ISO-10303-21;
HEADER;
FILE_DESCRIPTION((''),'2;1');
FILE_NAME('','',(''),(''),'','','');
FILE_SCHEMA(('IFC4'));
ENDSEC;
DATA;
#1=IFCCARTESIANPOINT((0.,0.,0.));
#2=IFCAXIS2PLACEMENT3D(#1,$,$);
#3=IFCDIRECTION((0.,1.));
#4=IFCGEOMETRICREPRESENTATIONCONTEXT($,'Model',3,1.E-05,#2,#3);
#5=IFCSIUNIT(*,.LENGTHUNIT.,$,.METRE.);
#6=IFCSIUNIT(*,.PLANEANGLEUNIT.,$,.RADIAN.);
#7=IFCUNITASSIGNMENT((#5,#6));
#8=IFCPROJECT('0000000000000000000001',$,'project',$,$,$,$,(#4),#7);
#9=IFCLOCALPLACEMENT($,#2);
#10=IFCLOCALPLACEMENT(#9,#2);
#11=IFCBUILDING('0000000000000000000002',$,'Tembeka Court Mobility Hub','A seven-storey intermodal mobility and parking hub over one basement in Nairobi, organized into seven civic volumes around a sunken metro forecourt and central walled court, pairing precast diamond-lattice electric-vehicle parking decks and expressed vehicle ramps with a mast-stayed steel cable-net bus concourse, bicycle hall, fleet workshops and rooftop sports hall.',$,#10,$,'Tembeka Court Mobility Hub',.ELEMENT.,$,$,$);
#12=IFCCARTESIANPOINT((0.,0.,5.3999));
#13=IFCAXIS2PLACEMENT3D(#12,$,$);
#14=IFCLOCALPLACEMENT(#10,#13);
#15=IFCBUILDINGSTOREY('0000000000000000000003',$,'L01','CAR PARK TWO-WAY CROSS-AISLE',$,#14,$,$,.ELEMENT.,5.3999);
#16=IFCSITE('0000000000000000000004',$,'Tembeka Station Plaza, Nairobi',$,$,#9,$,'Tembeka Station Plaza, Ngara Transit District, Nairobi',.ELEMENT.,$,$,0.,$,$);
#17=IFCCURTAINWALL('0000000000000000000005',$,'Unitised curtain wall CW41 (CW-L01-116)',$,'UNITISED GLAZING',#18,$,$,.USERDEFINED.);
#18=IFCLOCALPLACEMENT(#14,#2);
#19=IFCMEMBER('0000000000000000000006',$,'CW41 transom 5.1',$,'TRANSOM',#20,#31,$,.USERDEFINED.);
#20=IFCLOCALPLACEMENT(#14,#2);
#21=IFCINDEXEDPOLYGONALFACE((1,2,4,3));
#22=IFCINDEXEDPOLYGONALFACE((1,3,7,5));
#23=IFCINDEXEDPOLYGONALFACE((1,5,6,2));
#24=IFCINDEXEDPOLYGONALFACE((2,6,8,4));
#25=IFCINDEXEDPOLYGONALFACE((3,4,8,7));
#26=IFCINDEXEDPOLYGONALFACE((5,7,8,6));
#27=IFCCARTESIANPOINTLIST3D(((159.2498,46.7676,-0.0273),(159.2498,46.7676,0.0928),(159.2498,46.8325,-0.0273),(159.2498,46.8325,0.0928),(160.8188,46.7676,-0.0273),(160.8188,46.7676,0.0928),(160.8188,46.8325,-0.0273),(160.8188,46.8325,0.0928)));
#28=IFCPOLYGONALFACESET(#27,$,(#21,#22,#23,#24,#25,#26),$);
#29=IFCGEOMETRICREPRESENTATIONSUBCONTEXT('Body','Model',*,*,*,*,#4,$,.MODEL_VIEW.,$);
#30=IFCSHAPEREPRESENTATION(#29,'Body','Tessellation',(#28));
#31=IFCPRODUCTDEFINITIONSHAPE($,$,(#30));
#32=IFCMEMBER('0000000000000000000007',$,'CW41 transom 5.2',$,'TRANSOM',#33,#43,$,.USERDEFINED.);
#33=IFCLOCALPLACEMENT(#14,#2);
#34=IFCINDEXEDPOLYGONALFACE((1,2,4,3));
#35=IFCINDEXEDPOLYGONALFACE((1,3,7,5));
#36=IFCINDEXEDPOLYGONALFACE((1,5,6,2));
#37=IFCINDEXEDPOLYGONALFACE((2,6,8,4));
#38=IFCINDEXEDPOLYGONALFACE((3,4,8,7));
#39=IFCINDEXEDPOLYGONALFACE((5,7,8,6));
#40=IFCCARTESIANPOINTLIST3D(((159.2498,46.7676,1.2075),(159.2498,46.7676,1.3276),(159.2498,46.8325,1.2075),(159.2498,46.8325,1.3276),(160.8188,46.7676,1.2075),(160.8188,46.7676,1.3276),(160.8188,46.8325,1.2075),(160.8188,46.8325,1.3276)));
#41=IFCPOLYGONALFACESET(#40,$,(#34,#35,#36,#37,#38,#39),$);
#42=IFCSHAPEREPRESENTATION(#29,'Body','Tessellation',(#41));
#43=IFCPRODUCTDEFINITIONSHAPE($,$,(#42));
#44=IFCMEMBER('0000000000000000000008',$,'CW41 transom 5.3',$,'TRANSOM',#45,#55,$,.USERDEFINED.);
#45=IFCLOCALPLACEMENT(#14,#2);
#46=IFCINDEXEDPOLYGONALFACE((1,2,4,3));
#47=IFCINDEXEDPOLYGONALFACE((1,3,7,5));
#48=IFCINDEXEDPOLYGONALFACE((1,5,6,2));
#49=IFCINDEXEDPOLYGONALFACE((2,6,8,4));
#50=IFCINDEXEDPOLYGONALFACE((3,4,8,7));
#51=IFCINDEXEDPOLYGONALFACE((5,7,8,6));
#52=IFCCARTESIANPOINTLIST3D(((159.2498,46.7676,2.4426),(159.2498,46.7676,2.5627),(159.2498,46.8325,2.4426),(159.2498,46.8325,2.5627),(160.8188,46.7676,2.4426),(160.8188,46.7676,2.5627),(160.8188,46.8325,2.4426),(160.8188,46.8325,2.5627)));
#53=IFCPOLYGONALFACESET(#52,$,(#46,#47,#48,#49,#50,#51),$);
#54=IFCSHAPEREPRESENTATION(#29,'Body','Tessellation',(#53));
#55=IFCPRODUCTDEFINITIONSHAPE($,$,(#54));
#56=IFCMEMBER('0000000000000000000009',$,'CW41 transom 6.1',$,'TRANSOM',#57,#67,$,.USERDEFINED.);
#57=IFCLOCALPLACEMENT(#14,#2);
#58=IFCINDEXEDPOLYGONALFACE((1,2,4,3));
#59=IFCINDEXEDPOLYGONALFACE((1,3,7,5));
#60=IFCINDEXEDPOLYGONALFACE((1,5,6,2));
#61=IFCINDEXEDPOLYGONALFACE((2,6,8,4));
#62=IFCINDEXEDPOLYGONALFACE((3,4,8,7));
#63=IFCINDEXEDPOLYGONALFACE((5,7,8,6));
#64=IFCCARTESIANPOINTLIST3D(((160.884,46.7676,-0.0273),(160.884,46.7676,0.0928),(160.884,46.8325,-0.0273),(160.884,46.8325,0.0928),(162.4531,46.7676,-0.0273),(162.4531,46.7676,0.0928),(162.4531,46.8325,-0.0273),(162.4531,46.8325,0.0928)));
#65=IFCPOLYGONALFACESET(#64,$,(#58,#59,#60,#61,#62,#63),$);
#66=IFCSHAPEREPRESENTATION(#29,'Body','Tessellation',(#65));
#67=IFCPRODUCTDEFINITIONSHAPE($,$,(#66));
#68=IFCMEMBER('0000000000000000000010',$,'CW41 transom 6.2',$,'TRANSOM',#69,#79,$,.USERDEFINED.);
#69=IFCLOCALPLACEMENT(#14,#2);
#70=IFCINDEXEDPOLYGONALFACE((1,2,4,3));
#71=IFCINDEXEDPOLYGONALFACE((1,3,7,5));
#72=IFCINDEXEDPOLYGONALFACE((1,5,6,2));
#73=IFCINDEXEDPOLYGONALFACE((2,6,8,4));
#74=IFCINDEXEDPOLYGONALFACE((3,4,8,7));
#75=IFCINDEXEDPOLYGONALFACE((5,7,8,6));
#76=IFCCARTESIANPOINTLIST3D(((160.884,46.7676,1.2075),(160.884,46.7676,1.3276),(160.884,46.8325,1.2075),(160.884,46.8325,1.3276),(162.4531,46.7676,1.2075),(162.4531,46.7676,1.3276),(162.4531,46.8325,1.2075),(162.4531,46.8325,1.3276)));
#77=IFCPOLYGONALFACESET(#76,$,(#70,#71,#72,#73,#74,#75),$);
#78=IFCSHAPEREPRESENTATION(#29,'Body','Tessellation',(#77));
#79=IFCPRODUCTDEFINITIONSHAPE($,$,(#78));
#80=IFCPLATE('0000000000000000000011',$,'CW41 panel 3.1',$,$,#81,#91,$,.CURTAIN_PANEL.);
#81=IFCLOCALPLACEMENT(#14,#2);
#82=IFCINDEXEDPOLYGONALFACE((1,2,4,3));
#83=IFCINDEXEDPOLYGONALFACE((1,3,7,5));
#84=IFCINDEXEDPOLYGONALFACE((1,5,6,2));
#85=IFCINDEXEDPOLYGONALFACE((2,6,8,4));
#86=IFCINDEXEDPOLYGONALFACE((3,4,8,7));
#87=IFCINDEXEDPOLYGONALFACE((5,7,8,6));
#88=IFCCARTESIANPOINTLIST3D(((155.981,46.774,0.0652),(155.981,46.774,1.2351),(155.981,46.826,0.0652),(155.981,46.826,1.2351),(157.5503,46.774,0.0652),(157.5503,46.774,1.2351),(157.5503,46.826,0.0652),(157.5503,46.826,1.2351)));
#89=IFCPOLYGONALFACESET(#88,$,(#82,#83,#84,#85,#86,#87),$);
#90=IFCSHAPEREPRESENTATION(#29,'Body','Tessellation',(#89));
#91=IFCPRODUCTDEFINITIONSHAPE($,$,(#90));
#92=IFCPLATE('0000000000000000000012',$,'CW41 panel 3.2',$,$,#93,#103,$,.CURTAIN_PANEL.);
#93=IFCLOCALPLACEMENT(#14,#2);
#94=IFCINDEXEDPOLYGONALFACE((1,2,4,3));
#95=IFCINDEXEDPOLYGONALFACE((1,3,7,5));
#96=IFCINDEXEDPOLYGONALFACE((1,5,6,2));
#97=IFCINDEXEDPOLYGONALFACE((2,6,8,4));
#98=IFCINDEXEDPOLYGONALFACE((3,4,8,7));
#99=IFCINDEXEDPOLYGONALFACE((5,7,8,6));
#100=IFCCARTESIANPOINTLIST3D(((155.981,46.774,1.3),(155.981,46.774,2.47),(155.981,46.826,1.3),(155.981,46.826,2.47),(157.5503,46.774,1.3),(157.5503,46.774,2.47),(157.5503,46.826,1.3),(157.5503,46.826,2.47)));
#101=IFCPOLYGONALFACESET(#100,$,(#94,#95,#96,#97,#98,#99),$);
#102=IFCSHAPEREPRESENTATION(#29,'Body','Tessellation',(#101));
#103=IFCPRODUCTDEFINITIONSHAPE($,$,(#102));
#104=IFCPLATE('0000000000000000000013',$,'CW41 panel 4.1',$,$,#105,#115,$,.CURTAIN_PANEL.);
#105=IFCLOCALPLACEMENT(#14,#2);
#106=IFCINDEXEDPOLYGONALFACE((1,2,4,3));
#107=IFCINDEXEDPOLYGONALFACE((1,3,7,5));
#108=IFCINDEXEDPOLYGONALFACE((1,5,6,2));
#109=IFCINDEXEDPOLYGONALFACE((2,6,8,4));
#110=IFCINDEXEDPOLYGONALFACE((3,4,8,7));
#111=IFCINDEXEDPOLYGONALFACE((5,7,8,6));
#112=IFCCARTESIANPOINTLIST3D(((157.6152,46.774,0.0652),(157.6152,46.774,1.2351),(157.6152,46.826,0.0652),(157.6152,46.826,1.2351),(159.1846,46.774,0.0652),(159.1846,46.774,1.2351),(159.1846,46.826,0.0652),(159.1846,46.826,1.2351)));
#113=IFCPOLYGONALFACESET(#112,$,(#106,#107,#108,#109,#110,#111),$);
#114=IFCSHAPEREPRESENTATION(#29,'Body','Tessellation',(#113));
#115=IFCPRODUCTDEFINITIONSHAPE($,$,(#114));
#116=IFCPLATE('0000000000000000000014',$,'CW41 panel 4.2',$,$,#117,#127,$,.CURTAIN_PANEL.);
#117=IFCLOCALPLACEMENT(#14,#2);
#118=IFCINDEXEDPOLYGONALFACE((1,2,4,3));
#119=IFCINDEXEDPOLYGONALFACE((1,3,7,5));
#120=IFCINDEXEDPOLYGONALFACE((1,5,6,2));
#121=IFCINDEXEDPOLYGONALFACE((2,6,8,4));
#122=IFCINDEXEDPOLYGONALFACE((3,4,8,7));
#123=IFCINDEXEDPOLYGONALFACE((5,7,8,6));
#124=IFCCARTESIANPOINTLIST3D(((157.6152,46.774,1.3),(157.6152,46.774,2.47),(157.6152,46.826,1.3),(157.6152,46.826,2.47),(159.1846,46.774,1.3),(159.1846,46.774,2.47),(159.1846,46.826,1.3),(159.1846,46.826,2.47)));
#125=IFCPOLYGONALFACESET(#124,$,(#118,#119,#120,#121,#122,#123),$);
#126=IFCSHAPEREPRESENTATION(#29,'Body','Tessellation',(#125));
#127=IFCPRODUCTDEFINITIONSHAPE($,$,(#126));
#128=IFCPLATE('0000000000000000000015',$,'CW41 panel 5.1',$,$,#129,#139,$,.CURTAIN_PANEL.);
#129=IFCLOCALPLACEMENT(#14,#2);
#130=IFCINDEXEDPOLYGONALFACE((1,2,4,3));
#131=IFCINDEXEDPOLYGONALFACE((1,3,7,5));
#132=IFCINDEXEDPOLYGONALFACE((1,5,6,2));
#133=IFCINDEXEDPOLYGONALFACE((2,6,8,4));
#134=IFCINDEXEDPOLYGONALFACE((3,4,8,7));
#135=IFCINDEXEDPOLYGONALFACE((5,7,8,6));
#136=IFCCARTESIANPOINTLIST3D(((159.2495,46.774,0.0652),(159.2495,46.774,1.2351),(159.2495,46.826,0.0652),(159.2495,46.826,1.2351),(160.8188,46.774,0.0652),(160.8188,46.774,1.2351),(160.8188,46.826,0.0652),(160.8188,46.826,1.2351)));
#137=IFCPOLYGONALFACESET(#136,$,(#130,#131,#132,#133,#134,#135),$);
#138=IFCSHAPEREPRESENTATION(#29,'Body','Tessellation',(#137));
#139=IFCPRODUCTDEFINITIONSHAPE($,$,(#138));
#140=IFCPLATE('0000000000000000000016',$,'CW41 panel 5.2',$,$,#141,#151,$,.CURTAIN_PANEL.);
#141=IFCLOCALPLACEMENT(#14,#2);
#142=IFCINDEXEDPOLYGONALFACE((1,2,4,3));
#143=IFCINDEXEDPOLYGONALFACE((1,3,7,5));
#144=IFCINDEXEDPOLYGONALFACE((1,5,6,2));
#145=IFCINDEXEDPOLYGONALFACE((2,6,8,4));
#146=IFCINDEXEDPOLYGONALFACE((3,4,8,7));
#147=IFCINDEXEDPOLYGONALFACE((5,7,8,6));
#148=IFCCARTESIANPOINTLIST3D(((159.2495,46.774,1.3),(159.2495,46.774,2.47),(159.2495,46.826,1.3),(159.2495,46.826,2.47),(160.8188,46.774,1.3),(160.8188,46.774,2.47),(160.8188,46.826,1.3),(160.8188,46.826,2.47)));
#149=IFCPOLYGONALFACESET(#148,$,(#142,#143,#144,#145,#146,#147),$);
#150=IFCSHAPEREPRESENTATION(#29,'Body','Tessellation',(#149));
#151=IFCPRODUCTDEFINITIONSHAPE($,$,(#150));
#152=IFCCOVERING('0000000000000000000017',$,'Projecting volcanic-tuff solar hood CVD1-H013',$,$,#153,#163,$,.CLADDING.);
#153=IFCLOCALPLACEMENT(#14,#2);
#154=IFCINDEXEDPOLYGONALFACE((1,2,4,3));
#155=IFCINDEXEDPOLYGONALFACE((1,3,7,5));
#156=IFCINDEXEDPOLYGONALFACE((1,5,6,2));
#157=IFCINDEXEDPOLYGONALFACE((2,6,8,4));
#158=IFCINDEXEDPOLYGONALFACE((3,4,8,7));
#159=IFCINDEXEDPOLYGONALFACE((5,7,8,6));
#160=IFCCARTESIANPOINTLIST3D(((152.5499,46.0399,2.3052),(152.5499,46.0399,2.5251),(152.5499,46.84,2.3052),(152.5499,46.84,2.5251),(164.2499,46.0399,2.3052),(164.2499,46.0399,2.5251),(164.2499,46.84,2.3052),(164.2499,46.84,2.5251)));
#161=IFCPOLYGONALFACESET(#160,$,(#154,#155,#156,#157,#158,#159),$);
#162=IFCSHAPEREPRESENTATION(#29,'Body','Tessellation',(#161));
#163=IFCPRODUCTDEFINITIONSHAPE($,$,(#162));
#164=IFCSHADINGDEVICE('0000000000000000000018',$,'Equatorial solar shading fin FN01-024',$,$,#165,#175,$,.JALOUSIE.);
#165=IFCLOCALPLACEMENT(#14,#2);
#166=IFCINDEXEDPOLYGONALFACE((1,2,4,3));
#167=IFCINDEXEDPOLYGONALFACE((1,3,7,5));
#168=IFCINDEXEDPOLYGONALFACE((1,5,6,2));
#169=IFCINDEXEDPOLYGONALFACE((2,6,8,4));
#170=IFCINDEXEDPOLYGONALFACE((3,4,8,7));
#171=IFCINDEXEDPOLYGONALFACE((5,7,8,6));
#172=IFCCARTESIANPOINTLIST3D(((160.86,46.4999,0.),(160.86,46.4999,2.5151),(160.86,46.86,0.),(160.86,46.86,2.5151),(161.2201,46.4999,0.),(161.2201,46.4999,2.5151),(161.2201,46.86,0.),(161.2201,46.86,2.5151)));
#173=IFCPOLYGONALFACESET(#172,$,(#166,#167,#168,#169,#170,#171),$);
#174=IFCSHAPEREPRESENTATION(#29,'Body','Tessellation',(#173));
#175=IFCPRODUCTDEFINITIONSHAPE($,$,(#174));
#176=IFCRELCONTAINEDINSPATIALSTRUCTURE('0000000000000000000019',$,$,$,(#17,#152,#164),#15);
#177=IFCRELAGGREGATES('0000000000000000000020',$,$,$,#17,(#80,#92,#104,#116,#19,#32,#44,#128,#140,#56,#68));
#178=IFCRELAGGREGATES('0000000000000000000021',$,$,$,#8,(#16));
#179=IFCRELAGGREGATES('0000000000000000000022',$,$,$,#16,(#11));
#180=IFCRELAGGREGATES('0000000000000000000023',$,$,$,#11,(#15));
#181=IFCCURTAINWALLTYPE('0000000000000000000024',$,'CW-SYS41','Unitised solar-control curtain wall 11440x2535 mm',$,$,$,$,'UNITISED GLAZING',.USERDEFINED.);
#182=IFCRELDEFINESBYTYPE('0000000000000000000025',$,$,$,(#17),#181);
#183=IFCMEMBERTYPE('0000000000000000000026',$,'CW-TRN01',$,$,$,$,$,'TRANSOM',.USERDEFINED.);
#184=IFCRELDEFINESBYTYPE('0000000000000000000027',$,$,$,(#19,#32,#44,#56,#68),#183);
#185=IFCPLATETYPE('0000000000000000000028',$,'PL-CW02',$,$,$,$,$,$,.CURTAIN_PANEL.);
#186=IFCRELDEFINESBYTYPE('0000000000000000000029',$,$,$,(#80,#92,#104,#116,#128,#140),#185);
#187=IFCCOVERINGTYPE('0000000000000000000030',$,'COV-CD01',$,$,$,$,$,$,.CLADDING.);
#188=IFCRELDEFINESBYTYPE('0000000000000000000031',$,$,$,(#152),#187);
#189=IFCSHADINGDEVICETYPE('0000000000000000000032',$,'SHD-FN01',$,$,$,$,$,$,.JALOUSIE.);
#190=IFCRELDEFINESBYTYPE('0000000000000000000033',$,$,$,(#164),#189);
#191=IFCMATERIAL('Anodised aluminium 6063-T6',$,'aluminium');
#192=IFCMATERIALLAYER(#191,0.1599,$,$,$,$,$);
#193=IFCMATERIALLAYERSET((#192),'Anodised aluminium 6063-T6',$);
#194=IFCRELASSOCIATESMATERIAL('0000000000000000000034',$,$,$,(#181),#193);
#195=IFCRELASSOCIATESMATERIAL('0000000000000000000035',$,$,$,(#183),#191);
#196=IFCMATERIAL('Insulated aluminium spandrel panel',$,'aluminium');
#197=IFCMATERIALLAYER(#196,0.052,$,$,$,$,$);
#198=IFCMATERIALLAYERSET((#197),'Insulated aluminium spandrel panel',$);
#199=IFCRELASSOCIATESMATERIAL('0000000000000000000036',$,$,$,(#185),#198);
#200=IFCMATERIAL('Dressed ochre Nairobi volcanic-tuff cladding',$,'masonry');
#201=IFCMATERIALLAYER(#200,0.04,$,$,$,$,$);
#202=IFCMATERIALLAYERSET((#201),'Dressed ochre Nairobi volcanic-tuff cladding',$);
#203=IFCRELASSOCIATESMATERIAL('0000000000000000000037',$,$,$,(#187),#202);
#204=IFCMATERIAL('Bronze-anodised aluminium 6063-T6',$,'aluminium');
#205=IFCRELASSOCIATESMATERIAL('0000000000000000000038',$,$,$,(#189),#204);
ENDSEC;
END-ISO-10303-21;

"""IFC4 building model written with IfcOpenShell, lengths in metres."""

from ifc_helpers import new_model, si_unit, direction, frame, origin, origin_2d, place, context, subcontext, project, spatial, rectangle, extrude, material, layer, layer_set, material_profile, profile_set, type_object, element, aggregate, save


model = new_model("IFC4")

# Units and contexts
model_context = context("Model", 3, precision=1e-05, world=origin(), true_north=direction((0.0, 1.0)))
body_context = subcontext(model_context, "Body", "Model", "MODEL_VIEW")
ifc_project = project(units=[si_unit("LENGTHUNIT", "METRE"), si_unit("PLANEANGLEUNIT", "RADIAN")], contexts=[model_context])

# Site, building, storey
site_placement = place(None, origin())
site = spatial("IfcSite", under=ifc_project, at=site_placement, Name="Tembeka Station Plaza, Nairobi", LongName="Tembeka Station Plaza, Ngara Transit District, Nairobi", CompositionType="ELEMENT", RefElevation=0.0)
building_placement = place(site_placement, origin())
building = spatial("IfcBuilding", under=site, at=building_placement, Name="Tembeka Court Mobility Hub", Description="A seven-storey intermodal mobility and parking hub over one basement in Nairobi, organized into seven civic volumes around a sunken metro forecourt and central walled court, pairing precast diamond-lattice electric-vehicle parking decks and expressed vehicle ramps with a mast-stayed steel cable-net bus concourse, bicycle hall, fleet workshops and rooftop sports hall.", LongName="Tembeka Court Mobility Hub", CompositionType="ELEMENT")
storey_placement = place(building_placement, frame((0.0, 0.0, 5.3999)))
storey = spatial("IfcBuildingStorey", under=building, at=storey_placement, Name="L01", Description="CAR PARK TWO-WAY CROSS-AISLE", CompositionType="ELEMENT", Elevation=5.3999)

# Curtain wall, members, plates
ifc_material_1 = material(Name="Anodised aluminium 6063-T6", Category="aluminium")
ifc_layer_1 = layer(ifc_material_1, 0.1599)
ifc_layer_set_1 = layer_set([ifc_layer_1], Name="Anodised aluminium 6063-T6")
curtain_wall_type = type_object("IfcCurtainWallType", Name="CW-SYS41", Description="Unitised solar-control curtain wall 11440x2535 mm", ElementType="UNITISED GLAZING", PredefinedType="USERDEFINED", material=ifc_layer_set_1)
curtain_wall_placement = place(storey_placement, origin())
curtain_wall = element("IfcCurtainWall", 1, at=curtain_wall_placement, inside=storey, type_object=curtain_wall_type, Name="Unitised curtain wall CW41 (CW-L01-116)", ObjectType="UNITISED GLAZING", PredefinedType="USERDEFINED")
ifc_material_profile_1 = material_profile(ifc_material_1, rectangle(XDim=0.0649, YDim=0.1201, at=origin_2d()), Name="ALU-TRN 65x120")
ifc_profile_set_1 = profile_set([ifc_material_profile_1], Name="Anodised aluminium 6063-T6")
member_type_1 = type_object("IfcMemberType", Name="CW-TRN01", ElementType="TRANSOM", PredefinedType="USERDEFINED", material=ifc_profile_set_1)
member_1_placement = place(storey_placement, frame((159.2498, 46.8, 0.0327), z_axis=(1.0, 0.0, 0.0), x_axis=(0.0, 1.0, 0.0)))
member_1 = element("IfcMember", 2, at=member_1_placement, type_object=member_type_1, Name="CW41 transom 5.1", ObjectType="TRANSOM", PredefinedType="USERDEFINED", context=body_context, shape_type="SweptSolid", body=[
    extrude(rectangle(XDim=0.0649, YDim=0.1201, at=origin_2d()), origin(), (0.0, 0.0, 1.0), 1.5691),
])
member_2_placement = place(storey_placement, frame((159.2498, 46.8, 1.2676), z_axis=(1.0, 0.0, 0.0), x_axis=(0.0, 1.0, 0.0)))
member_2 = element("IfcMember", 3, at=member_2_placement, type_object=member_type_1, Name="CW41 transom 5.2", ObjectType="TRANSOM", PredefinedType="USERDEFINED", context=body_context, shape_type="SweptSolid", body=[
    extrude(rectangle(XDim=0.0649, YDim=0.1201, at=origin_2d()), origin(), (0.0, 0.0, 1.0), 1.5691),
])
member_3_placement = place(storey_placement, frame((159.2498, 46.8, 2.5027), z_axis=(1.0, 0.0, 0.0), x_axis=(0.0, 1.0, 0.0)))
member_3 = element("IfcMember", 4, at=member_3_placement, type_object=member_type_1, Name="CW41 transom 5.3", ObjectType="TRANSOM", PredefinedType="USERDEFINED", context=body_context, shape_type="SweptSolid", body=[
    extrude(rectangle(XDim=0.0649, YDim=0.1201, at=origin_2d()), origin(), (0.0, 0.0, 1.0), 1.5691),
])
member_4_placement = place(storey_placement, frame((160.884, 46.8, 0.0327), z_axis=(1.0, 0.0, 0.0), x_axis=(0.0, 1.0, 0.0)))
member_4 = element("IfcMember", 5, at=member_4_placement, type_object=member_type_1, Name="CW41 transom 6.1", ObjectType="TRANSOM", PredefinedType="USERDEFINED", context=body_context, shape_type="SweptSolid", body=[
    extrude(rectangle(XDim=0.0649, YDim=0.1201, at=origin_2d()), origin(), (0.0, 0.0, 1.0), 1.5691),
])
member_5_placement = place(storey_placement, frame((160.884, 46.8, 1.2676), z_axis=(1.0, 0.0, 0.0), x_axis=(0.0, 1.0, 0.0)))
member_5 = element("IfcMember", 6, at=member_5_placement, type_object=member_type_1, Name="CW41 transom 6.2", ObjectType="TRANSOM", PredefinedType="USERDEFINED", context=body_context, shape_type="SweptSolid", body=[
    extrude(rectangle(XDim=0.0649, YDim=0.1201, at=origin_2d()), origin(), (0.0, 0.0, 1.0), 1.5691),
])
ifc_material_2 = material(Name="Insulated aluminium spandrel panel", Category="aluminium")
ifc_layer_2 = layer(ifc_material_2, 0.052)
ifc_layer_set_2 = layer_set([ifc_layer_2], Name="Insulated aluminium spandrel panel")
plate_type = type_object("IfcPlateType", Name="PL-CW02", PredefinedType="CURTAIN_PANEL", material=ifc_layer_set_2)
plate_1_placement = place(storey_placement, frame((156.7656, 46.8, 0.0652), z_axis=(0.0, 0.0, 1.0), x_axis=(1.0, 0.0, 0.0)))
plate_1 = element("IfcPlate", 7, at=plate_1_placement, type_object=plate_type, Name="CW41 panel 3.1", PredefinedType="CURTAIN_PANEL", context=body_context, shape_type="SweptSolid", body=[
    extrude(rectangle(XDim=1.5693, YDim=0.052, at=origin_2d()), origin(), (0.0, 0.0, 1.0), 1.1699),
])
plate_2_placement = place(storey_placement, frame((156.7656, 46.8, 1.3), z_axis=(0.0, 0.0, 1.0), x_axis=(1.0, 0.0, 0.0)))
plate_2 = element("IfcPlate", 8, at=plate_2_placement, type_object=plate_type, Name="CW41 panel 3.2", PredefinedType="CURTAIN_PANEL", context=body_context, shape_type="SweptSolid", body=[
    extrude(rectangle(XDim=1.5693, YDim=0.052, at=origin_2d()), origin(), (0.0, 0.0, 1.0), 1.1699),
])
plate_3_placement = place(storey_placement, frame((158.3999, 46.8, 0.0652), z_axis=(0.0, 0.0, 1.0), x_axis=(1.0, 0.0, 0.0)))
plate_3 = element("IfcPlate", 9, at=plate_3_placement, type_object=plate_type, Name="CW41 panel 4.1", PredefinedType="CURTAIN_PANEL", context=body_context, shape_type="SweptSolid", body=[
    extrude(rectangle(XDim=1.5693, YDim=0.052, at=origin_2d()), origin(), (0.0, 0.0, 1.0), 1.1699),
])
plate_4_placement = place(storey_placement, frame((158.3999, 46.8, 1.3), z_axis=(0.0, 0.0, 1.0), x_axis=(1.0, 0.0, 0.0)))
plate_4 = element("IfcPlate", 10, at=plate_4_placement, type_object=plate_type, Name="CW41 panel 4.2", PredefinedType="CURTAIN_PANEL", context=body_context, shape_type="SweptSolid", body=[
    extrude(rectangle(XDim=1.5693, YDim=0.052, at=origin_2d()), origin(), (0.0, 0.0, 1.0), 1.1699),
])
plate_5_placement = place(storey_placement, frame((160.0342, 46.8, 0.0652), z_axis=(0.0, 0.0, 1.0), x_axis=(1.0, 0.0, 0.0)))
plate_5 = element("IfcPlate", 11, at=plate_5_placement, type_object=plate_type, Name="CW41 panel 5.1", PredefinedType="CURTAIN_PANEL", context=body_context, shape_type="SweptSolid", body=[
    extrude(rectangle(XDim=1.5693, YDim=0.052, at=origin_2d()), origin(), (0.0, 0.0, 1.0), 1.1699),
])
plate_6_placement = place(storey_placement, frame((160.0342, 46.8, 1.3), z_axis=(0.0, 0.0, 1.0), x_axis=(1.0, 0.0, 0.0)))
plate_6 = element("IfcPlate", 12, at=plate_6_placement, type_object=plate_type, Name="CW41 panel 5.2", PredefinedType="CURTAIN_PANEL", context=body_context, shape_type="SweptSolid", body=[
    extrude(rectangle(XDim=1.5693, YDim=0.052, at=origin_2d()), origin(), (0.0, 0.0, 1.0), 1.1699),
])
aggregate(curtain_wall, [plate_1, plate_2, plate_3, plate_4, member_1, member_2, member_3, plate_5, plate_6, member_4, member_5])

# Covering
ifc_material_3 = material(Name="Dressed ochre Nairobi volcanic-tuff cladding", Category="masonry")
ifc_layer_3 = layer(ifc_material_3, 0.04)
ifc_layer_set_3 = layer_set([ifc_layer_3], Name="Dressed ochre Nairobi volcanic-tuff cladding")
covering_type = type_object("IfcCoveringType", Name="COV-CD01", PredefinedType="CLADDING", material=ifc_layer_set_3)
covering_placement = place(storey_placement, frame((158.3999, 46.4399, 2.3052), z_axis=(0.0, 0.0, 1.0), x_axis=(1.0, 0.0, 0.0)))
element("IfcCovering", 13, at=covering_placement, inside=storey, type_object=covering_type, Name="Projecting volcanic-tuff solar hood CVD1-H013", PredefinedType="CLADDING", context=body_context, shape_type="SweptSolid", body=[
    extrude(rectangle(XDim=11.7, YDim=0.8, at=origin_2d()), origin(), (0.0, 0.0, 1.0), 0.22),
])

# Shading device
ifc_material_4 = material(Name="Bronze-anodised aluminium 6063-T6", Category="aluminium")
ifc_material_profile_2 = material_profile(ifc_material_4, rectangle(XDim=0.3601, YDim=0.3601, at=origin_2d()), Name="ALU-FIN 360x360")
ifc_profile_set_2 = profile_set([ifc_material_profile_2], Name="Bronze-anodised aluminium 6063-T6")
shading_device_type = type_object("IfcShadingDeviceType", Name="SHD-FN01", PredefinedType="JALOUSIE", material=ifc_profile_set_2)
shading_device_placement = place(storey_placement, frame((161.04, 46.6799, 0.0), z_axis=(0.0, 0.0, 1.0), x_axis=(1.0, 0.0, 0.0)))
element("IfcShadingDevice", 14, at=shading_device_placement, inside=storey, type_object=shading_device_type, Name="Equatorial solar shading fin FN01-024", PredefinedType="JALOUSIE", context=body_context, shape_type="SweptSolid", body=[
    extrude(rectangle(XDim=0.3601, YDim=0.3601, at=origin_2d()), origin(), (0.0, 0.0, 1.0), 2.5151),
])

save(model, "model.ifc")
